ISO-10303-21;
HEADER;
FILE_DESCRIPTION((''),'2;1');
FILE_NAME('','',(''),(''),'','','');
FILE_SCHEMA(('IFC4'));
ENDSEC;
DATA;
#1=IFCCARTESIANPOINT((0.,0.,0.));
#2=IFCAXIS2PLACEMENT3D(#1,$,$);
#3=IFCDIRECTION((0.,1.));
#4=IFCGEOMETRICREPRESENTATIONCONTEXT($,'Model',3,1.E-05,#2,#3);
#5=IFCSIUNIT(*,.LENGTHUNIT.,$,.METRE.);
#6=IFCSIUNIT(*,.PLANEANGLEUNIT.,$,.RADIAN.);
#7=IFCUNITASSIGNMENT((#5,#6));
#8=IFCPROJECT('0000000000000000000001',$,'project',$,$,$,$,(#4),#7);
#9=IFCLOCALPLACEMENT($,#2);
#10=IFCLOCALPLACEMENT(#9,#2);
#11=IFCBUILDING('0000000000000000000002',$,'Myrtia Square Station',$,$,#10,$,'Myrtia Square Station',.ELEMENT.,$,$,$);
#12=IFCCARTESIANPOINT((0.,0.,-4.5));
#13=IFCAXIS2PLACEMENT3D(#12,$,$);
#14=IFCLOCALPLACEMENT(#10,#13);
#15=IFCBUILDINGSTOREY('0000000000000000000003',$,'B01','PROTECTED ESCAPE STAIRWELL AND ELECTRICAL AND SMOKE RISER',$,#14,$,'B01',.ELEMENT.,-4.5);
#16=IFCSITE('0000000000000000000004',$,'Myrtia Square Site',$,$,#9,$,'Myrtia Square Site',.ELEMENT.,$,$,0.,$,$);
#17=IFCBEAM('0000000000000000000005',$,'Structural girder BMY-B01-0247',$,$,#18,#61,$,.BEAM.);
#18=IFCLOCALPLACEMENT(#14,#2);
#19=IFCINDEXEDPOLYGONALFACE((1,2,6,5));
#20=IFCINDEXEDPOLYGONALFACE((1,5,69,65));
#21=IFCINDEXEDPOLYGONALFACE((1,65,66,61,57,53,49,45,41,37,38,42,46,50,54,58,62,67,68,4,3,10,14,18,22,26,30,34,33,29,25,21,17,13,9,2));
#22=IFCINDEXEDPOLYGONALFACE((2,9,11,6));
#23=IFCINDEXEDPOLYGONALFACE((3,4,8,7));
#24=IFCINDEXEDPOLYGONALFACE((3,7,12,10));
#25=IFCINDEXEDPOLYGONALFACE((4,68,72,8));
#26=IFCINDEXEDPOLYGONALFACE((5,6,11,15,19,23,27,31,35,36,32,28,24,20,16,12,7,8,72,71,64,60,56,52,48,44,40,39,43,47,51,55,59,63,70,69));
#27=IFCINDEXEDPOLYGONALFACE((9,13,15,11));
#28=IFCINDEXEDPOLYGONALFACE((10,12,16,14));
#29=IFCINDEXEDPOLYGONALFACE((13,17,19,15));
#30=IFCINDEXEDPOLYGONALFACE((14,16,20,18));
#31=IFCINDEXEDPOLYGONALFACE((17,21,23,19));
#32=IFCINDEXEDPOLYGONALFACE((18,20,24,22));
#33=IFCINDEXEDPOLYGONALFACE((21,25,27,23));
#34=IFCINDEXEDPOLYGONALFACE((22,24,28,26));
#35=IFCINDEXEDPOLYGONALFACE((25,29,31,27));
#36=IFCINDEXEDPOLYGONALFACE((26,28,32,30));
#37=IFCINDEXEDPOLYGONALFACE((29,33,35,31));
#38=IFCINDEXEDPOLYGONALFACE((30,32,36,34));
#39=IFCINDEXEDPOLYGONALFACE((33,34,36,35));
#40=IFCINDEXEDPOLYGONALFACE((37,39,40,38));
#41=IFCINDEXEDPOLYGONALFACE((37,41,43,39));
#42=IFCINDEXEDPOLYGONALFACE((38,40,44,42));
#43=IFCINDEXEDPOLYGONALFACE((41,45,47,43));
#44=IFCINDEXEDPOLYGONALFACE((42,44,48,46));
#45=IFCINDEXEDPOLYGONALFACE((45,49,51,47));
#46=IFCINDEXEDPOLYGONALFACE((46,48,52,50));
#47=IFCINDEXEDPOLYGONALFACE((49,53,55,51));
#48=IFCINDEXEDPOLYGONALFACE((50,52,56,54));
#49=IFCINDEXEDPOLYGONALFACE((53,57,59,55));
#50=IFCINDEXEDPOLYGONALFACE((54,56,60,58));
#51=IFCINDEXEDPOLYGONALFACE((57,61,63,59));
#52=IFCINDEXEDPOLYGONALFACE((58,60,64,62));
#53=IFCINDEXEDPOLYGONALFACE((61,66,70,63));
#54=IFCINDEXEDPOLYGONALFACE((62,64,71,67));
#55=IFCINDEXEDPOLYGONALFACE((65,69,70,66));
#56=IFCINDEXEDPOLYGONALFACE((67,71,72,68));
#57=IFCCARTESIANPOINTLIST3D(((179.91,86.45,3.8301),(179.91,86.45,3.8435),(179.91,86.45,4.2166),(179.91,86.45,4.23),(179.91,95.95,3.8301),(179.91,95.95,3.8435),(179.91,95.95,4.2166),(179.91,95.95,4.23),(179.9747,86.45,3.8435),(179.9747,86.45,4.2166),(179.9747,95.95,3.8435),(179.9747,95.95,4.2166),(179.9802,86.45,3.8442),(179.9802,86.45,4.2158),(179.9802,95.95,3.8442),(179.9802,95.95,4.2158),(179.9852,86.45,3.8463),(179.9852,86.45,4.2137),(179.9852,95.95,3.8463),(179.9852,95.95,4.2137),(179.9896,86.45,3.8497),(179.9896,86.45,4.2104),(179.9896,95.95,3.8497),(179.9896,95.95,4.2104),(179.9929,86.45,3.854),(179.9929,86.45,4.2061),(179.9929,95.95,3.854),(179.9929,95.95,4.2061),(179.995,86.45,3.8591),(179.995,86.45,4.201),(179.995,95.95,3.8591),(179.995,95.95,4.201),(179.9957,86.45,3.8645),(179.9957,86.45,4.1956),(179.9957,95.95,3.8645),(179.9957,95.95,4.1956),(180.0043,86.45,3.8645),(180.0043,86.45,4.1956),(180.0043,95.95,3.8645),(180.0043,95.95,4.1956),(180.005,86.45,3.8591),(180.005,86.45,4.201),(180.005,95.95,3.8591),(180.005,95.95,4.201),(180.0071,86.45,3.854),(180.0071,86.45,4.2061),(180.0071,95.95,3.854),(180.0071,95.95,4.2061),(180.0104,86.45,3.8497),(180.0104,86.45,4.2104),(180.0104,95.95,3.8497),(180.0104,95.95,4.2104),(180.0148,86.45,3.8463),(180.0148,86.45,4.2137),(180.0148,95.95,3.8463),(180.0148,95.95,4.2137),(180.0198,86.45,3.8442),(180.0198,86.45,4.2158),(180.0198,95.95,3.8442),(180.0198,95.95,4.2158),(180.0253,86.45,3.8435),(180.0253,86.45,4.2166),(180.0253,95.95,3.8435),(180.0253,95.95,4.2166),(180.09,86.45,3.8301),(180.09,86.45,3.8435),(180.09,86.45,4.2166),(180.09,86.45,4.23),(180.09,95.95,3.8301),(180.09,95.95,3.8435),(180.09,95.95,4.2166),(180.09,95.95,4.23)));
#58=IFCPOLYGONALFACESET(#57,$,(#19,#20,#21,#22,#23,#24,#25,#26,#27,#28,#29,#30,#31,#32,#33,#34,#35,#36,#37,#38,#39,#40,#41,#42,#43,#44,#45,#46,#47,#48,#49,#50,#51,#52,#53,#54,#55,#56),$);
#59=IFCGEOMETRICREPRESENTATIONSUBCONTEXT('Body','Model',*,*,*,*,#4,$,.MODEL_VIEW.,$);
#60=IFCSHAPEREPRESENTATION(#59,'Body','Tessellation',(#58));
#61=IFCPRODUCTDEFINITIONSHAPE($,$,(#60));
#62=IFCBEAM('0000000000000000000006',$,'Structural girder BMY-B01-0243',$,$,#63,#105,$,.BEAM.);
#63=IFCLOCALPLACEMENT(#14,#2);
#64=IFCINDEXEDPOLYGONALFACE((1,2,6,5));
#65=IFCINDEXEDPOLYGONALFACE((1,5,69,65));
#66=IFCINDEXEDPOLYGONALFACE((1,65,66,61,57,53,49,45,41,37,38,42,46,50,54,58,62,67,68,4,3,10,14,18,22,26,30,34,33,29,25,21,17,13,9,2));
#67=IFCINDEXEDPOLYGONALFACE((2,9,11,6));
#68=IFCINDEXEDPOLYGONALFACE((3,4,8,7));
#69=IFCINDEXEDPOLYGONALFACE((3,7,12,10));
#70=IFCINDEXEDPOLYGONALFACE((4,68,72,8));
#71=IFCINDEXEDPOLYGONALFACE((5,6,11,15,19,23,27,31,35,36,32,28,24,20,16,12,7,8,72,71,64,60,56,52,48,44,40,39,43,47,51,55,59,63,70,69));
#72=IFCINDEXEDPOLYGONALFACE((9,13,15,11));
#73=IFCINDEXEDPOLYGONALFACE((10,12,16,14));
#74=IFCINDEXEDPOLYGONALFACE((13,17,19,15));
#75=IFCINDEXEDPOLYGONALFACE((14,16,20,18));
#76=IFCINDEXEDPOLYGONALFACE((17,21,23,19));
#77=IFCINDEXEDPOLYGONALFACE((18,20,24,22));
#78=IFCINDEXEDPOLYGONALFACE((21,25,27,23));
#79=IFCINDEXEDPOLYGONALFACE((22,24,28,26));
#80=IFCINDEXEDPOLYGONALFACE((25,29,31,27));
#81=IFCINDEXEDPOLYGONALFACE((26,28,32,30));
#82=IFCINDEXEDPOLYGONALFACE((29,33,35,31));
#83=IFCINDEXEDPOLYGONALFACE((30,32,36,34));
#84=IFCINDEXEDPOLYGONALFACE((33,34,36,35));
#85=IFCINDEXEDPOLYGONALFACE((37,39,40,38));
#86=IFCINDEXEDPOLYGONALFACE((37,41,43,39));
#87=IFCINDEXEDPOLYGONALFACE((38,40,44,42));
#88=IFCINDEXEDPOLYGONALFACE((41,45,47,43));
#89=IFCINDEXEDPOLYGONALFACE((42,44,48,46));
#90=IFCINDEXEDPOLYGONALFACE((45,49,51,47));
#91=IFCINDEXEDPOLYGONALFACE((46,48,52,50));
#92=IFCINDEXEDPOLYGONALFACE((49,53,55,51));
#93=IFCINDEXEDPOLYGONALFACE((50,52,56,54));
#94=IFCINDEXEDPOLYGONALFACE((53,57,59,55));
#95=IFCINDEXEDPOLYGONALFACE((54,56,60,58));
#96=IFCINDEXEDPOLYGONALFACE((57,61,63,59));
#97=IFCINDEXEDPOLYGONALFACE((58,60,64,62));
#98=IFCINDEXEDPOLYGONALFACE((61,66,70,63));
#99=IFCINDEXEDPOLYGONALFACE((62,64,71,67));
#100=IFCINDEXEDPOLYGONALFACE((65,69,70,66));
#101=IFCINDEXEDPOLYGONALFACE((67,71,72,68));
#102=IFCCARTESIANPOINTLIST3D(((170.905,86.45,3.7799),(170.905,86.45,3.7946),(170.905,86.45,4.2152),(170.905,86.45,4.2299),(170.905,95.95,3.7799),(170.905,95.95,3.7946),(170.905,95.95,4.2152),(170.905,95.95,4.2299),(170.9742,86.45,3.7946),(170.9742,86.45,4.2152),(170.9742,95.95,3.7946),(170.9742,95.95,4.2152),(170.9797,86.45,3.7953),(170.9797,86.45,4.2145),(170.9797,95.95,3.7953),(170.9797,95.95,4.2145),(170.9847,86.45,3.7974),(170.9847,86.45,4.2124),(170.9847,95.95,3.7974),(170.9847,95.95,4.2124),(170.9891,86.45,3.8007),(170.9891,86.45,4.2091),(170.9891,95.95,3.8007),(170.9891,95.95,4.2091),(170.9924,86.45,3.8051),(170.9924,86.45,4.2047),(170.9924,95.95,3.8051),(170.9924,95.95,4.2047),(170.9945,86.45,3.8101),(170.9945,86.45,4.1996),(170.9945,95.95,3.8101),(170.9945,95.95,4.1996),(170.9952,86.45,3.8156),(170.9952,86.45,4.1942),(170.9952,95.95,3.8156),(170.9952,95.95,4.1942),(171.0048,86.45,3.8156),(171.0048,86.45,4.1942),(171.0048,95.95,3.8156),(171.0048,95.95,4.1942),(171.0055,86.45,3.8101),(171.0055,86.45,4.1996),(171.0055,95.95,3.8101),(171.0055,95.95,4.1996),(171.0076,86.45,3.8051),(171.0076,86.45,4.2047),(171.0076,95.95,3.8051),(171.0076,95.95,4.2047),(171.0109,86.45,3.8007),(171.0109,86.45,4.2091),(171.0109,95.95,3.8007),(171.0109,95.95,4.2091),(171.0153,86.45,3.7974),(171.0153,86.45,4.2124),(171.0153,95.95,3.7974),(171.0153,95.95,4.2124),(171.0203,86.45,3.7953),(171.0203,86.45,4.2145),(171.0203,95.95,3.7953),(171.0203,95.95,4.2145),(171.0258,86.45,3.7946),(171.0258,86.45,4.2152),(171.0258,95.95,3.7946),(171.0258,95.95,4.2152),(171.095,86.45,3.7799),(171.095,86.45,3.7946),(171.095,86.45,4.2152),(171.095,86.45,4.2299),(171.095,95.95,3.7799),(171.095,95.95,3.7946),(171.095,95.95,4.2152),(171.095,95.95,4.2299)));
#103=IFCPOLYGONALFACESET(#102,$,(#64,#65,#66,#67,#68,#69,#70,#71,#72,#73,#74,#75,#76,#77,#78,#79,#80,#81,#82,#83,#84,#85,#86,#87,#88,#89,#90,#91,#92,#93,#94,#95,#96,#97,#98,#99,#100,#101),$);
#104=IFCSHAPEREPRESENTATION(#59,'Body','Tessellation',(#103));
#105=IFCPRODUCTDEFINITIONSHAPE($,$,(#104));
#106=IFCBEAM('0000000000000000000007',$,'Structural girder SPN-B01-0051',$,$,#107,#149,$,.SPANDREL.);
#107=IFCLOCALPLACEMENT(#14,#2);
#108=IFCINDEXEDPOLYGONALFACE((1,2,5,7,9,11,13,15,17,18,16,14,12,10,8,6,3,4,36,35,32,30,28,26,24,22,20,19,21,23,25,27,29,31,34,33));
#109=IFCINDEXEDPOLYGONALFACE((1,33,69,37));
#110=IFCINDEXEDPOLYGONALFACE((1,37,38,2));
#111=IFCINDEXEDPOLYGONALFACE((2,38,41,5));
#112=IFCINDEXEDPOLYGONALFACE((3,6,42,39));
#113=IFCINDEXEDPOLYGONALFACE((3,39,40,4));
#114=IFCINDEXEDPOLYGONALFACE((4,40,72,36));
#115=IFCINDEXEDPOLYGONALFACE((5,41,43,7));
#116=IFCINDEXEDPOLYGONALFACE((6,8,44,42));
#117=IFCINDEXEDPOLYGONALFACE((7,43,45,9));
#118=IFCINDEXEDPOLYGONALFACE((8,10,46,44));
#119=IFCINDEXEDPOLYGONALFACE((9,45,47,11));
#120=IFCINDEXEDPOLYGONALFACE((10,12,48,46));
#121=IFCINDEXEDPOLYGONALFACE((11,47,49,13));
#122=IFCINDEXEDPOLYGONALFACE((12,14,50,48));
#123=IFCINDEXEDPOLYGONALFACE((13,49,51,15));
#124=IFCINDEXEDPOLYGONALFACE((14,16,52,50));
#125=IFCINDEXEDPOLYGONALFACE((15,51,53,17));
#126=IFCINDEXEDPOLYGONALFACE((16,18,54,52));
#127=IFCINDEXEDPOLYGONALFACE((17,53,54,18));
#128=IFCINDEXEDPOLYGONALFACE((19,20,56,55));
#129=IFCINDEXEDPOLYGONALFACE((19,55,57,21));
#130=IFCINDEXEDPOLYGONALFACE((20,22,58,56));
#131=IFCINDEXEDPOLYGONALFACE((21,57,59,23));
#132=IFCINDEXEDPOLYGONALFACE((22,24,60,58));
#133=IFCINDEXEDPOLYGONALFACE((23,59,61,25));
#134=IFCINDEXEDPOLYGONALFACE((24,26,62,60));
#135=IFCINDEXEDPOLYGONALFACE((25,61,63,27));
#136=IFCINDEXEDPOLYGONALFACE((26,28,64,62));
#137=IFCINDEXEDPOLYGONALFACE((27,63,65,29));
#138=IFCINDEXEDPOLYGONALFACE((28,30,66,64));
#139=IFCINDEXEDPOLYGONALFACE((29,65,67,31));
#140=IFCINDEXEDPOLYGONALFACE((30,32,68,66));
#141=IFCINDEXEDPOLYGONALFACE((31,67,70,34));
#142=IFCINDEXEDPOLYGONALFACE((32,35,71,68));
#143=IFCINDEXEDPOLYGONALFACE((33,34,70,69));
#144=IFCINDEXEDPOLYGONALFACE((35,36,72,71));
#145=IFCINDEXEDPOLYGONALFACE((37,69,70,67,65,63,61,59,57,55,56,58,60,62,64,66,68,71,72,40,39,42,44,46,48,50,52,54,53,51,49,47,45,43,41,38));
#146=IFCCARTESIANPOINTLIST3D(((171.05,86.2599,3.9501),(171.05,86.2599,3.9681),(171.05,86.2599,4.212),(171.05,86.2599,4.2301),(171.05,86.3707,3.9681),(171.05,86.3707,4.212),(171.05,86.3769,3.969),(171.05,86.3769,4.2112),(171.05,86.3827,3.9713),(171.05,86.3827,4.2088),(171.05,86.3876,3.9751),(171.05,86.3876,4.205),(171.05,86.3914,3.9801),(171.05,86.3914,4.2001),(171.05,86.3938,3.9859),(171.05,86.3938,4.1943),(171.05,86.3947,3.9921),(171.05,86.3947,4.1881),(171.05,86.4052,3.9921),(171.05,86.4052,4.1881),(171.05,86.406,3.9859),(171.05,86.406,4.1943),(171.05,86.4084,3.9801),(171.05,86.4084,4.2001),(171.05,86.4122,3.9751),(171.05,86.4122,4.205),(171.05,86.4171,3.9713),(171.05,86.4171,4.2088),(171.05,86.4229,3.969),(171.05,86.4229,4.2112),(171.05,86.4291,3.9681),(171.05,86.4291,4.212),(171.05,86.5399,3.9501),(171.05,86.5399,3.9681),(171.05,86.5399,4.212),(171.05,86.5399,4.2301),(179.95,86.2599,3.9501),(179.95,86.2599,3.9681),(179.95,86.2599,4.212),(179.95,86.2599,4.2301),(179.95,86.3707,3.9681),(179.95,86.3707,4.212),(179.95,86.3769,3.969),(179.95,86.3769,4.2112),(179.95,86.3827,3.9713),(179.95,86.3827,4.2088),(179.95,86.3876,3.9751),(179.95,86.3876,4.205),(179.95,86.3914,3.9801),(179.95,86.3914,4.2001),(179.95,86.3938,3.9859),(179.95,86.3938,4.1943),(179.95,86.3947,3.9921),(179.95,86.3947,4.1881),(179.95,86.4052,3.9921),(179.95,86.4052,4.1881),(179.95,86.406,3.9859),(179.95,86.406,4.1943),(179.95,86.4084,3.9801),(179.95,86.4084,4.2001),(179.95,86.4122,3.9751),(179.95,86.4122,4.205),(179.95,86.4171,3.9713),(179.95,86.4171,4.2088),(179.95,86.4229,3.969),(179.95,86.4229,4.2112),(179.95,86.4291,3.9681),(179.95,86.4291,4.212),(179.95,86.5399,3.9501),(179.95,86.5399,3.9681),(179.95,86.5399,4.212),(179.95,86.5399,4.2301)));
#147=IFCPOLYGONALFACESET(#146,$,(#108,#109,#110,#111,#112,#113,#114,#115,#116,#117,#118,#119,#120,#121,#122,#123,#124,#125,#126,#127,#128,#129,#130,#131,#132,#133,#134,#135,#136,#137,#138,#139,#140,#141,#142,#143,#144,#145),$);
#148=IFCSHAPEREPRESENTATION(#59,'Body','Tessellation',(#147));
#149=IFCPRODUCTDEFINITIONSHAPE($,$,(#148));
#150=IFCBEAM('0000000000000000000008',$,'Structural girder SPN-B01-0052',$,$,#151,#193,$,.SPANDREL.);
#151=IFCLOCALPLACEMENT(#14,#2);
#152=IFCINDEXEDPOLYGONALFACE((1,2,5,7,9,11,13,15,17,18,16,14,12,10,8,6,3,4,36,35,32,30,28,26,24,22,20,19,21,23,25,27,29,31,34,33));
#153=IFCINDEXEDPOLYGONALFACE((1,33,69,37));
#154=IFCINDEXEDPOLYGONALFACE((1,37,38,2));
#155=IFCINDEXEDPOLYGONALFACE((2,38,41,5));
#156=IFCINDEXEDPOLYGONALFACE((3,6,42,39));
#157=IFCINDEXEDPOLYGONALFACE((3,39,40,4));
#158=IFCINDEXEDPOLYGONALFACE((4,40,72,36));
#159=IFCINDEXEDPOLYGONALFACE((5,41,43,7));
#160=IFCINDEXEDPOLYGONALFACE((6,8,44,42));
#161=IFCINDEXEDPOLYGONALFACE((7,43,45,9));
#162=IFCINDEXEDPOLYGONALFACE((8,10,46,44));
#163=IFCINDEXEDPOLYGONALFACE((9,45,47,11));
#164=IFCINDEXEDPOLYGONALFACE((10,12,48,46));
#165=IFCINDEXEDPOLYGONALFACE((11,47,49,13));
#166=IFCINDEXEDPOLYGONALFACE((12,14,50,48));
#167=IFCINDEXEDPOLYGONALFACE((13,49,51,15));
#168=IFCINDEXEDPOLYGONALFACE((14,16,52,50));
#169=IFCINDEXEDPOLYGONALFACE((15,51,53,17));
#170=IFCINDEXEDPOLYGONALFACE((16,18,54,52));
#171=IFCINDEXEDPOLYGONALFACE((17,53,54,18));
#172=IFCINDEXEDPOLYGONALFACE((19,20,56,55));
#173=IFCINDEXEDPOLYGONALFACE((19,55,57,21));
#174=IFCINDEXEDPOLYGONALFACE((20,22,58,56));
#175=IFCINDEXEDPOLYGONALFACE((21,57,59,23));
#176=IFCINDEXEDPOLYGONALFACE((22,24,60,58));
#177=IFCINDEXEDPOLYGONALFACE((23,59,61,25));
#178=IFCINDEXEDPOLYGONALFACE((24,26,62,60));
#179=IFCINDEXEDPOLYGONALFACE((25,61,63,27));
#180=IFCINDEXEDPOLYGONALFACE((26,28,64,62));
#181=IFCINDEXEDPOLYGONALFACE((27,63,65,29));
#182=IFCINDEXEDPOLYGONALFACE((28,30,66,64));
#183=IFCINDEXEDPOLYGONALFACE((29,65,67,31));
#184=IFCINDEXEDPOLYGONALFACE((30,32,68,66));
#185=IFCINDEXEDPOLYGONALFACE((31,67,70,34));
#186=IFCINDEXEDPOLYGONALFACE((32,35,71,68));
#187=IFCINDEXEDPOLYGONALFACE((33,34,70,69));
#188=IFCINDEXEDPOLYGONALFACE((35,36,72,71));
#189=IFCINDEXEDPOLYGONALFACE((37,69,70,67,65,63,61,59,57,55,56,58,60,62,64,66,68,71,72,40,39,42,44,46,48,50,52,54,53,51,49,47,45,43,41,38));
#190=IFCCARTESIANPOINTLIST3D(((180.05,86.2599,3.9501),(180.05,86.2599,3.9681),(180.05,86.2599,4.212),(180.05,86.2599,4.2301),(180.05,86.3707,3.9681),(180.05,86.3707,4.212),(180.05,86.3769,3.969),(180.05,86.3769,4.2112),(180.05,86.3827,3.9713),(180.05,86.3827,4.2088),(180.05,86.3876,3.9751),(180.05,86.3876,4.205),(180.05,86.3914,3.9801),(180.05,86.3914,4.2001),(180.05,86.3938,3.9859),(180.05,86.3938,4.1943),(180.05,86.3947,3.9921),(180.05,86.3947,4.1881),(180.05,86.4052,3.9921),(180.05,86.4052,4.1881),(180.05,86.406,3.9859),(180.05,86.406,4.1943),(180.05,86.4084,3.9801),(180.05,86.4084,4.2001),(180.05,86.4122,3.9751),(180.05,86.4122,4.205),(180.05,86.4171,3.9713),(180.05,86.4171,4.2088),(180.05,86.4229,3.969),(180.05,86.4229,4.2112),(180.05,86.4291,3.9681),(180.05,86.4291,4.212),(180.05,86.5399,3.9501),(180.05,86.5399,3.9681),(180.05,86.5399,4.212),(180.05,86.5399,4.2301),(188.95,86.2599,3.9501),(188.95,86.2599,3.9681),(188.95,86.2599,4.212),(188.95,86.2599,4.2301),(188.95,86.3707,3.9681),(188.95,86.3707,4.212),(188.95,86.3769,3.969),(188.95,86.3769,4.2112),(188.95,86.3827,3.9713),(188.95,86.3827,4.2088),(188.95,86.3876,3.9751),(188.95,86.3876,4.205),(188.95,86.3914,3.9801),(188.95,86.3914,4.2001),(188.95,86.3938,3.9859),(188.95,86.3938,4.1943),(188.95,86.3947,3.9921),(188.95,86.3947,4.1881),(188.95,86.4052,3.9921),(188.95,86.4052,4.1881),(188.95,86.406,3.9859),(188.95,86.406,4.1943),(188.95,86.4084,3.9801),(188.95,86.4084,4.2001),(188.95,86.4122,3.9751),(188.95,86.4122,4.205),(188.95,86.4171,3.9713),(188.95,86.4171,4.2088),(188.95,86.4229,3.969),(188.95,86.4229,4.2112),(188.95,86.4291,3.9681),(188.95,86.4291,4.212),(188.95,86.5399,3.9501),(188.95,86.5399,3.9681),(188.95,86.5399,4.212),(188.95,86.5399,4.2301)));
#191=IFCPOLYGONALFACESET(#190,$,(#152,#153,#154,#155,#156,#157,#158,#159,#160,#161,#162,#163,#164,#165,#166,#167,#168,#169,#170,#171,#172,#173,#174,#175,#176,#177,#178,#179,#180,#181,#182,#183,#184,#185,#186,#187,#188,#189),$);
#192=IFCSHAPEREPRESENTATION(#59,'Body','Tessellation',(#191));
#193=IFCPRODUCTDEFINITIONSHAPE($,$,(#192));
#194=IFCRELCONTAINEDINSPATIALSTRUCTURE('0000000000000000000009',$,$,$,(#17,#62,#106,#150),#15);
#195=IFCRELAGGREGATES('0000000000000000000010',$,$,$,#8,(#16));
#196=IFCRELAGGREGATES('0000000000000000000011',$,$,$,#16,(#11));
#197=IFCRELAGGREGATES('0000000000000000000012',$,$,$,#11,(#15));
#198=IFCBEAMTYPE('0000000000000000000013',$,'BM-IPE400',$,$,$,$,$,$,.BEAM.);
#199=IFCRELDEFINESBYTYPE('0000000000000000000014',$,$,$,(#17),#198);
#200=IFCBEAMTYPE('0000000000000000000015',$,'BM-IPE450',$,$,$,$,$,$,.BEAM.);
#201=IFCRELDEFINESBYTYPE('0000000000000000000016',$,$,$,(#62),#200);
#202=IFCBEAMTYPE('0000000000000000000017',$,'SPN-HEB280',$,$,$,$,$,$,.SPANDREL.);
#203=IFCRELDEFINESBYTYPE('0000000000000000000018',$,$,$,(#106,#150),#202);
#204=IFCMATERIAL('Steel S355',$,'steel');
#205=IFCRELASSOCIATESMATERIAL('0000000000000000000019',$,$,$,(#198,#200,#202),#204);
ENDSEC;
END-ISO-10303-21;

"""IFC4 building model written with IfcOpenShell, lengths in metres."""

from ifc_helpers import new_model, si_unit, direction, frame, origin, origin_2d, place, context, subcontext, project, spatial, i_section, extrude, material, material_profile, profile_set, type_object, element, save


model = new_model("IFC4")

# Units and contexts
model_context = context("Model", 3, precision=1e-05, world=origin(), true_north=direction((0.0, 1.0)))
body_context = subcontext(model_context, "Body", "Model", "MODEL_VIEW")
ifc_project = project(units=[si_unit("LENGTHUNIT", "METRE"), si_unit("PLANEANGLEUNIT", "RADIAN")], contexts=[model_context])

# Site, building, storey
site_placement = place(None, origin())
site = spatial("IfcSite", under=ifc_project, at=site_placement, Name="Myrtia Square Site", LongName="Myrtia Square Site", CompositionType="ELEMENT", RefElevation=0.0)
building_placement = place(site_placement, origin())
building = spatial("IfcBuilding", under=site, at=building_placement, Name="Myrtia Square Station", LongName="Myrtia Square Station", CompositionType="ELEMENT")
storey_placement = place(building_placement, frame((0.0, 0.0, -4.5)))
storey = spatial("IfcBuildingStorey", under=building, at=storey_placement, Name="B01", Description="PROTECTED ESCAPE STAIRWELL AND ELECTRICAL AND SMOKE RISER", LongName="B01", CompositionType="ELEMENT", Elevation=-4.5)

# Shared definitions
ifc_material_1 = material(Name="Steel S355", Category="steel")

# Beams
ifc_material_profile_1 = material_profile(ifc_material_1, i_section(OverallWidth=0.1799, OverallDepth=0.3999, WebThickness=0.0085, FlangeThickness=0.0134, FilletRadius=0.021, at=origin_2d()), Name="IPE 400")
ifc_profile_set_1 = profile_set([ifc_material_profile_1], Name="Steel S355")
beam_type_1 = type_object("IfcBeamType", Name="BM-IPE400", PredefinedType="BEAM", material=ifc_profile_set_1)
beam_1_placement = place(storey_placement, frame((180.0, 86.45, 4.03), z_axis=(0.0, 1.0, 0.0), x_axis=(-1.0, 0.0, 0.0)))
element("IfcBeam", 1, at=beam_1_placement, inside=storey, type_object=beam_type_1, Name="Structural girder BMY-B01-0247", PredefinedType="BEAM", context=body_context, shape_type="SweptSolid", body=[
    extrude(i_section(OverallWidth=0.1799, OverallDepth=0.3999, WebThickness=0.0085, FlangeThickness=0.0134, FilletRadius=0.021, at=origin_2d()), origin(), (0.0, 0.0, 1.0), 9.5),
])
ifc_material_profile_2 = material_profile(ifc_material_1, i_section(OverallWidth=0.1899, OverallDepth=0.45, WebThickness=0.0095, FlangeThickness=0.0146, FilletRadius=0.021, at=origin_2d()), Name="IPE 450")
ifc_profile_set_2 = profile_set([ifc_material_profile_2], Name="Steel S355")
beam_type_2 = type_object("IfcBeamType", Name="BM-IPE450", PredefinedType="BEAM", material=ifc_profile_set_2)
beam_2_placement = place(storey_placement, frame((171.0, 86.45, 4.0049), z_axis=(0.0, 1.0, 0.0), x_axis=(-1.0, 0.0, 0.0)))
element("IfcBeam", 2, at=beam_2_placement, inside=storey, type_object=beam_type_2, Name="Structural girder BMY-B01-0243", PredefinedType="BEAM", context=body_context, shape_type="SweptSolid", body=[
    extrude(i_section(OverallWidth=0.1899, OverallDepth=0.45, WebThickness=0.0095, FlangeThickness=0.0146, FilletRadius=0.021, at=origin_2d()), origin(), (0.0, 0.0, 1.0), 9.5),
])
ifc_material_profile_3 = material_profile(ifc_material_1, i_section(OverallWidth=0.28, OverallDepth=0.28, WebThickness=0.0105, FlangeThickness=0.0181, FilletRadius=0.0239, at=origin_2d()), Name="HEB 280")
ifc_profile_set_3 = profile_set([ifc_material_profile_3], Name="Steel S355")
beam_type_3 = type_object("IfcBeamType", Name="SPN-HEB280", PredefinedType="SPANDREL", material=ifc_profile_set_3)
for number, where, z_axis, x_axis, name in (
    (3, (171.05, 86.3999, 4.0901), (1.0, 0.0, 0.0), (0.0, 1.0, 0.0), "Structural girder SPN-B01-0051"),
    (4, (180.05, 86.3999, 4.0901), (1.0, 0.0, 0.0), (0.0, 1.0, 0.0), "Structural girder SPN-B01-0052"),
):
    element("IfcBeam", number, at=place(storey_placement, frame(where, z_axis=z_axis, x_axis=x_axis)), inside=storey, type_object=beam_type_3, Name=name, PredefinedType="SPANDREL", context=body_context, shape_type="SweptSolid", body=[
        extrude(i_section(OverallWidth=0.28, OverallDepth=0.28, WebThickness=0.0105, FlangeThickness=0.0181, FilletRadius=0.0239, at=origin_2d()), origin(), (0.0, 0.0, 1.0), 8.8999),
    ])

save(model, "model.ifc")
